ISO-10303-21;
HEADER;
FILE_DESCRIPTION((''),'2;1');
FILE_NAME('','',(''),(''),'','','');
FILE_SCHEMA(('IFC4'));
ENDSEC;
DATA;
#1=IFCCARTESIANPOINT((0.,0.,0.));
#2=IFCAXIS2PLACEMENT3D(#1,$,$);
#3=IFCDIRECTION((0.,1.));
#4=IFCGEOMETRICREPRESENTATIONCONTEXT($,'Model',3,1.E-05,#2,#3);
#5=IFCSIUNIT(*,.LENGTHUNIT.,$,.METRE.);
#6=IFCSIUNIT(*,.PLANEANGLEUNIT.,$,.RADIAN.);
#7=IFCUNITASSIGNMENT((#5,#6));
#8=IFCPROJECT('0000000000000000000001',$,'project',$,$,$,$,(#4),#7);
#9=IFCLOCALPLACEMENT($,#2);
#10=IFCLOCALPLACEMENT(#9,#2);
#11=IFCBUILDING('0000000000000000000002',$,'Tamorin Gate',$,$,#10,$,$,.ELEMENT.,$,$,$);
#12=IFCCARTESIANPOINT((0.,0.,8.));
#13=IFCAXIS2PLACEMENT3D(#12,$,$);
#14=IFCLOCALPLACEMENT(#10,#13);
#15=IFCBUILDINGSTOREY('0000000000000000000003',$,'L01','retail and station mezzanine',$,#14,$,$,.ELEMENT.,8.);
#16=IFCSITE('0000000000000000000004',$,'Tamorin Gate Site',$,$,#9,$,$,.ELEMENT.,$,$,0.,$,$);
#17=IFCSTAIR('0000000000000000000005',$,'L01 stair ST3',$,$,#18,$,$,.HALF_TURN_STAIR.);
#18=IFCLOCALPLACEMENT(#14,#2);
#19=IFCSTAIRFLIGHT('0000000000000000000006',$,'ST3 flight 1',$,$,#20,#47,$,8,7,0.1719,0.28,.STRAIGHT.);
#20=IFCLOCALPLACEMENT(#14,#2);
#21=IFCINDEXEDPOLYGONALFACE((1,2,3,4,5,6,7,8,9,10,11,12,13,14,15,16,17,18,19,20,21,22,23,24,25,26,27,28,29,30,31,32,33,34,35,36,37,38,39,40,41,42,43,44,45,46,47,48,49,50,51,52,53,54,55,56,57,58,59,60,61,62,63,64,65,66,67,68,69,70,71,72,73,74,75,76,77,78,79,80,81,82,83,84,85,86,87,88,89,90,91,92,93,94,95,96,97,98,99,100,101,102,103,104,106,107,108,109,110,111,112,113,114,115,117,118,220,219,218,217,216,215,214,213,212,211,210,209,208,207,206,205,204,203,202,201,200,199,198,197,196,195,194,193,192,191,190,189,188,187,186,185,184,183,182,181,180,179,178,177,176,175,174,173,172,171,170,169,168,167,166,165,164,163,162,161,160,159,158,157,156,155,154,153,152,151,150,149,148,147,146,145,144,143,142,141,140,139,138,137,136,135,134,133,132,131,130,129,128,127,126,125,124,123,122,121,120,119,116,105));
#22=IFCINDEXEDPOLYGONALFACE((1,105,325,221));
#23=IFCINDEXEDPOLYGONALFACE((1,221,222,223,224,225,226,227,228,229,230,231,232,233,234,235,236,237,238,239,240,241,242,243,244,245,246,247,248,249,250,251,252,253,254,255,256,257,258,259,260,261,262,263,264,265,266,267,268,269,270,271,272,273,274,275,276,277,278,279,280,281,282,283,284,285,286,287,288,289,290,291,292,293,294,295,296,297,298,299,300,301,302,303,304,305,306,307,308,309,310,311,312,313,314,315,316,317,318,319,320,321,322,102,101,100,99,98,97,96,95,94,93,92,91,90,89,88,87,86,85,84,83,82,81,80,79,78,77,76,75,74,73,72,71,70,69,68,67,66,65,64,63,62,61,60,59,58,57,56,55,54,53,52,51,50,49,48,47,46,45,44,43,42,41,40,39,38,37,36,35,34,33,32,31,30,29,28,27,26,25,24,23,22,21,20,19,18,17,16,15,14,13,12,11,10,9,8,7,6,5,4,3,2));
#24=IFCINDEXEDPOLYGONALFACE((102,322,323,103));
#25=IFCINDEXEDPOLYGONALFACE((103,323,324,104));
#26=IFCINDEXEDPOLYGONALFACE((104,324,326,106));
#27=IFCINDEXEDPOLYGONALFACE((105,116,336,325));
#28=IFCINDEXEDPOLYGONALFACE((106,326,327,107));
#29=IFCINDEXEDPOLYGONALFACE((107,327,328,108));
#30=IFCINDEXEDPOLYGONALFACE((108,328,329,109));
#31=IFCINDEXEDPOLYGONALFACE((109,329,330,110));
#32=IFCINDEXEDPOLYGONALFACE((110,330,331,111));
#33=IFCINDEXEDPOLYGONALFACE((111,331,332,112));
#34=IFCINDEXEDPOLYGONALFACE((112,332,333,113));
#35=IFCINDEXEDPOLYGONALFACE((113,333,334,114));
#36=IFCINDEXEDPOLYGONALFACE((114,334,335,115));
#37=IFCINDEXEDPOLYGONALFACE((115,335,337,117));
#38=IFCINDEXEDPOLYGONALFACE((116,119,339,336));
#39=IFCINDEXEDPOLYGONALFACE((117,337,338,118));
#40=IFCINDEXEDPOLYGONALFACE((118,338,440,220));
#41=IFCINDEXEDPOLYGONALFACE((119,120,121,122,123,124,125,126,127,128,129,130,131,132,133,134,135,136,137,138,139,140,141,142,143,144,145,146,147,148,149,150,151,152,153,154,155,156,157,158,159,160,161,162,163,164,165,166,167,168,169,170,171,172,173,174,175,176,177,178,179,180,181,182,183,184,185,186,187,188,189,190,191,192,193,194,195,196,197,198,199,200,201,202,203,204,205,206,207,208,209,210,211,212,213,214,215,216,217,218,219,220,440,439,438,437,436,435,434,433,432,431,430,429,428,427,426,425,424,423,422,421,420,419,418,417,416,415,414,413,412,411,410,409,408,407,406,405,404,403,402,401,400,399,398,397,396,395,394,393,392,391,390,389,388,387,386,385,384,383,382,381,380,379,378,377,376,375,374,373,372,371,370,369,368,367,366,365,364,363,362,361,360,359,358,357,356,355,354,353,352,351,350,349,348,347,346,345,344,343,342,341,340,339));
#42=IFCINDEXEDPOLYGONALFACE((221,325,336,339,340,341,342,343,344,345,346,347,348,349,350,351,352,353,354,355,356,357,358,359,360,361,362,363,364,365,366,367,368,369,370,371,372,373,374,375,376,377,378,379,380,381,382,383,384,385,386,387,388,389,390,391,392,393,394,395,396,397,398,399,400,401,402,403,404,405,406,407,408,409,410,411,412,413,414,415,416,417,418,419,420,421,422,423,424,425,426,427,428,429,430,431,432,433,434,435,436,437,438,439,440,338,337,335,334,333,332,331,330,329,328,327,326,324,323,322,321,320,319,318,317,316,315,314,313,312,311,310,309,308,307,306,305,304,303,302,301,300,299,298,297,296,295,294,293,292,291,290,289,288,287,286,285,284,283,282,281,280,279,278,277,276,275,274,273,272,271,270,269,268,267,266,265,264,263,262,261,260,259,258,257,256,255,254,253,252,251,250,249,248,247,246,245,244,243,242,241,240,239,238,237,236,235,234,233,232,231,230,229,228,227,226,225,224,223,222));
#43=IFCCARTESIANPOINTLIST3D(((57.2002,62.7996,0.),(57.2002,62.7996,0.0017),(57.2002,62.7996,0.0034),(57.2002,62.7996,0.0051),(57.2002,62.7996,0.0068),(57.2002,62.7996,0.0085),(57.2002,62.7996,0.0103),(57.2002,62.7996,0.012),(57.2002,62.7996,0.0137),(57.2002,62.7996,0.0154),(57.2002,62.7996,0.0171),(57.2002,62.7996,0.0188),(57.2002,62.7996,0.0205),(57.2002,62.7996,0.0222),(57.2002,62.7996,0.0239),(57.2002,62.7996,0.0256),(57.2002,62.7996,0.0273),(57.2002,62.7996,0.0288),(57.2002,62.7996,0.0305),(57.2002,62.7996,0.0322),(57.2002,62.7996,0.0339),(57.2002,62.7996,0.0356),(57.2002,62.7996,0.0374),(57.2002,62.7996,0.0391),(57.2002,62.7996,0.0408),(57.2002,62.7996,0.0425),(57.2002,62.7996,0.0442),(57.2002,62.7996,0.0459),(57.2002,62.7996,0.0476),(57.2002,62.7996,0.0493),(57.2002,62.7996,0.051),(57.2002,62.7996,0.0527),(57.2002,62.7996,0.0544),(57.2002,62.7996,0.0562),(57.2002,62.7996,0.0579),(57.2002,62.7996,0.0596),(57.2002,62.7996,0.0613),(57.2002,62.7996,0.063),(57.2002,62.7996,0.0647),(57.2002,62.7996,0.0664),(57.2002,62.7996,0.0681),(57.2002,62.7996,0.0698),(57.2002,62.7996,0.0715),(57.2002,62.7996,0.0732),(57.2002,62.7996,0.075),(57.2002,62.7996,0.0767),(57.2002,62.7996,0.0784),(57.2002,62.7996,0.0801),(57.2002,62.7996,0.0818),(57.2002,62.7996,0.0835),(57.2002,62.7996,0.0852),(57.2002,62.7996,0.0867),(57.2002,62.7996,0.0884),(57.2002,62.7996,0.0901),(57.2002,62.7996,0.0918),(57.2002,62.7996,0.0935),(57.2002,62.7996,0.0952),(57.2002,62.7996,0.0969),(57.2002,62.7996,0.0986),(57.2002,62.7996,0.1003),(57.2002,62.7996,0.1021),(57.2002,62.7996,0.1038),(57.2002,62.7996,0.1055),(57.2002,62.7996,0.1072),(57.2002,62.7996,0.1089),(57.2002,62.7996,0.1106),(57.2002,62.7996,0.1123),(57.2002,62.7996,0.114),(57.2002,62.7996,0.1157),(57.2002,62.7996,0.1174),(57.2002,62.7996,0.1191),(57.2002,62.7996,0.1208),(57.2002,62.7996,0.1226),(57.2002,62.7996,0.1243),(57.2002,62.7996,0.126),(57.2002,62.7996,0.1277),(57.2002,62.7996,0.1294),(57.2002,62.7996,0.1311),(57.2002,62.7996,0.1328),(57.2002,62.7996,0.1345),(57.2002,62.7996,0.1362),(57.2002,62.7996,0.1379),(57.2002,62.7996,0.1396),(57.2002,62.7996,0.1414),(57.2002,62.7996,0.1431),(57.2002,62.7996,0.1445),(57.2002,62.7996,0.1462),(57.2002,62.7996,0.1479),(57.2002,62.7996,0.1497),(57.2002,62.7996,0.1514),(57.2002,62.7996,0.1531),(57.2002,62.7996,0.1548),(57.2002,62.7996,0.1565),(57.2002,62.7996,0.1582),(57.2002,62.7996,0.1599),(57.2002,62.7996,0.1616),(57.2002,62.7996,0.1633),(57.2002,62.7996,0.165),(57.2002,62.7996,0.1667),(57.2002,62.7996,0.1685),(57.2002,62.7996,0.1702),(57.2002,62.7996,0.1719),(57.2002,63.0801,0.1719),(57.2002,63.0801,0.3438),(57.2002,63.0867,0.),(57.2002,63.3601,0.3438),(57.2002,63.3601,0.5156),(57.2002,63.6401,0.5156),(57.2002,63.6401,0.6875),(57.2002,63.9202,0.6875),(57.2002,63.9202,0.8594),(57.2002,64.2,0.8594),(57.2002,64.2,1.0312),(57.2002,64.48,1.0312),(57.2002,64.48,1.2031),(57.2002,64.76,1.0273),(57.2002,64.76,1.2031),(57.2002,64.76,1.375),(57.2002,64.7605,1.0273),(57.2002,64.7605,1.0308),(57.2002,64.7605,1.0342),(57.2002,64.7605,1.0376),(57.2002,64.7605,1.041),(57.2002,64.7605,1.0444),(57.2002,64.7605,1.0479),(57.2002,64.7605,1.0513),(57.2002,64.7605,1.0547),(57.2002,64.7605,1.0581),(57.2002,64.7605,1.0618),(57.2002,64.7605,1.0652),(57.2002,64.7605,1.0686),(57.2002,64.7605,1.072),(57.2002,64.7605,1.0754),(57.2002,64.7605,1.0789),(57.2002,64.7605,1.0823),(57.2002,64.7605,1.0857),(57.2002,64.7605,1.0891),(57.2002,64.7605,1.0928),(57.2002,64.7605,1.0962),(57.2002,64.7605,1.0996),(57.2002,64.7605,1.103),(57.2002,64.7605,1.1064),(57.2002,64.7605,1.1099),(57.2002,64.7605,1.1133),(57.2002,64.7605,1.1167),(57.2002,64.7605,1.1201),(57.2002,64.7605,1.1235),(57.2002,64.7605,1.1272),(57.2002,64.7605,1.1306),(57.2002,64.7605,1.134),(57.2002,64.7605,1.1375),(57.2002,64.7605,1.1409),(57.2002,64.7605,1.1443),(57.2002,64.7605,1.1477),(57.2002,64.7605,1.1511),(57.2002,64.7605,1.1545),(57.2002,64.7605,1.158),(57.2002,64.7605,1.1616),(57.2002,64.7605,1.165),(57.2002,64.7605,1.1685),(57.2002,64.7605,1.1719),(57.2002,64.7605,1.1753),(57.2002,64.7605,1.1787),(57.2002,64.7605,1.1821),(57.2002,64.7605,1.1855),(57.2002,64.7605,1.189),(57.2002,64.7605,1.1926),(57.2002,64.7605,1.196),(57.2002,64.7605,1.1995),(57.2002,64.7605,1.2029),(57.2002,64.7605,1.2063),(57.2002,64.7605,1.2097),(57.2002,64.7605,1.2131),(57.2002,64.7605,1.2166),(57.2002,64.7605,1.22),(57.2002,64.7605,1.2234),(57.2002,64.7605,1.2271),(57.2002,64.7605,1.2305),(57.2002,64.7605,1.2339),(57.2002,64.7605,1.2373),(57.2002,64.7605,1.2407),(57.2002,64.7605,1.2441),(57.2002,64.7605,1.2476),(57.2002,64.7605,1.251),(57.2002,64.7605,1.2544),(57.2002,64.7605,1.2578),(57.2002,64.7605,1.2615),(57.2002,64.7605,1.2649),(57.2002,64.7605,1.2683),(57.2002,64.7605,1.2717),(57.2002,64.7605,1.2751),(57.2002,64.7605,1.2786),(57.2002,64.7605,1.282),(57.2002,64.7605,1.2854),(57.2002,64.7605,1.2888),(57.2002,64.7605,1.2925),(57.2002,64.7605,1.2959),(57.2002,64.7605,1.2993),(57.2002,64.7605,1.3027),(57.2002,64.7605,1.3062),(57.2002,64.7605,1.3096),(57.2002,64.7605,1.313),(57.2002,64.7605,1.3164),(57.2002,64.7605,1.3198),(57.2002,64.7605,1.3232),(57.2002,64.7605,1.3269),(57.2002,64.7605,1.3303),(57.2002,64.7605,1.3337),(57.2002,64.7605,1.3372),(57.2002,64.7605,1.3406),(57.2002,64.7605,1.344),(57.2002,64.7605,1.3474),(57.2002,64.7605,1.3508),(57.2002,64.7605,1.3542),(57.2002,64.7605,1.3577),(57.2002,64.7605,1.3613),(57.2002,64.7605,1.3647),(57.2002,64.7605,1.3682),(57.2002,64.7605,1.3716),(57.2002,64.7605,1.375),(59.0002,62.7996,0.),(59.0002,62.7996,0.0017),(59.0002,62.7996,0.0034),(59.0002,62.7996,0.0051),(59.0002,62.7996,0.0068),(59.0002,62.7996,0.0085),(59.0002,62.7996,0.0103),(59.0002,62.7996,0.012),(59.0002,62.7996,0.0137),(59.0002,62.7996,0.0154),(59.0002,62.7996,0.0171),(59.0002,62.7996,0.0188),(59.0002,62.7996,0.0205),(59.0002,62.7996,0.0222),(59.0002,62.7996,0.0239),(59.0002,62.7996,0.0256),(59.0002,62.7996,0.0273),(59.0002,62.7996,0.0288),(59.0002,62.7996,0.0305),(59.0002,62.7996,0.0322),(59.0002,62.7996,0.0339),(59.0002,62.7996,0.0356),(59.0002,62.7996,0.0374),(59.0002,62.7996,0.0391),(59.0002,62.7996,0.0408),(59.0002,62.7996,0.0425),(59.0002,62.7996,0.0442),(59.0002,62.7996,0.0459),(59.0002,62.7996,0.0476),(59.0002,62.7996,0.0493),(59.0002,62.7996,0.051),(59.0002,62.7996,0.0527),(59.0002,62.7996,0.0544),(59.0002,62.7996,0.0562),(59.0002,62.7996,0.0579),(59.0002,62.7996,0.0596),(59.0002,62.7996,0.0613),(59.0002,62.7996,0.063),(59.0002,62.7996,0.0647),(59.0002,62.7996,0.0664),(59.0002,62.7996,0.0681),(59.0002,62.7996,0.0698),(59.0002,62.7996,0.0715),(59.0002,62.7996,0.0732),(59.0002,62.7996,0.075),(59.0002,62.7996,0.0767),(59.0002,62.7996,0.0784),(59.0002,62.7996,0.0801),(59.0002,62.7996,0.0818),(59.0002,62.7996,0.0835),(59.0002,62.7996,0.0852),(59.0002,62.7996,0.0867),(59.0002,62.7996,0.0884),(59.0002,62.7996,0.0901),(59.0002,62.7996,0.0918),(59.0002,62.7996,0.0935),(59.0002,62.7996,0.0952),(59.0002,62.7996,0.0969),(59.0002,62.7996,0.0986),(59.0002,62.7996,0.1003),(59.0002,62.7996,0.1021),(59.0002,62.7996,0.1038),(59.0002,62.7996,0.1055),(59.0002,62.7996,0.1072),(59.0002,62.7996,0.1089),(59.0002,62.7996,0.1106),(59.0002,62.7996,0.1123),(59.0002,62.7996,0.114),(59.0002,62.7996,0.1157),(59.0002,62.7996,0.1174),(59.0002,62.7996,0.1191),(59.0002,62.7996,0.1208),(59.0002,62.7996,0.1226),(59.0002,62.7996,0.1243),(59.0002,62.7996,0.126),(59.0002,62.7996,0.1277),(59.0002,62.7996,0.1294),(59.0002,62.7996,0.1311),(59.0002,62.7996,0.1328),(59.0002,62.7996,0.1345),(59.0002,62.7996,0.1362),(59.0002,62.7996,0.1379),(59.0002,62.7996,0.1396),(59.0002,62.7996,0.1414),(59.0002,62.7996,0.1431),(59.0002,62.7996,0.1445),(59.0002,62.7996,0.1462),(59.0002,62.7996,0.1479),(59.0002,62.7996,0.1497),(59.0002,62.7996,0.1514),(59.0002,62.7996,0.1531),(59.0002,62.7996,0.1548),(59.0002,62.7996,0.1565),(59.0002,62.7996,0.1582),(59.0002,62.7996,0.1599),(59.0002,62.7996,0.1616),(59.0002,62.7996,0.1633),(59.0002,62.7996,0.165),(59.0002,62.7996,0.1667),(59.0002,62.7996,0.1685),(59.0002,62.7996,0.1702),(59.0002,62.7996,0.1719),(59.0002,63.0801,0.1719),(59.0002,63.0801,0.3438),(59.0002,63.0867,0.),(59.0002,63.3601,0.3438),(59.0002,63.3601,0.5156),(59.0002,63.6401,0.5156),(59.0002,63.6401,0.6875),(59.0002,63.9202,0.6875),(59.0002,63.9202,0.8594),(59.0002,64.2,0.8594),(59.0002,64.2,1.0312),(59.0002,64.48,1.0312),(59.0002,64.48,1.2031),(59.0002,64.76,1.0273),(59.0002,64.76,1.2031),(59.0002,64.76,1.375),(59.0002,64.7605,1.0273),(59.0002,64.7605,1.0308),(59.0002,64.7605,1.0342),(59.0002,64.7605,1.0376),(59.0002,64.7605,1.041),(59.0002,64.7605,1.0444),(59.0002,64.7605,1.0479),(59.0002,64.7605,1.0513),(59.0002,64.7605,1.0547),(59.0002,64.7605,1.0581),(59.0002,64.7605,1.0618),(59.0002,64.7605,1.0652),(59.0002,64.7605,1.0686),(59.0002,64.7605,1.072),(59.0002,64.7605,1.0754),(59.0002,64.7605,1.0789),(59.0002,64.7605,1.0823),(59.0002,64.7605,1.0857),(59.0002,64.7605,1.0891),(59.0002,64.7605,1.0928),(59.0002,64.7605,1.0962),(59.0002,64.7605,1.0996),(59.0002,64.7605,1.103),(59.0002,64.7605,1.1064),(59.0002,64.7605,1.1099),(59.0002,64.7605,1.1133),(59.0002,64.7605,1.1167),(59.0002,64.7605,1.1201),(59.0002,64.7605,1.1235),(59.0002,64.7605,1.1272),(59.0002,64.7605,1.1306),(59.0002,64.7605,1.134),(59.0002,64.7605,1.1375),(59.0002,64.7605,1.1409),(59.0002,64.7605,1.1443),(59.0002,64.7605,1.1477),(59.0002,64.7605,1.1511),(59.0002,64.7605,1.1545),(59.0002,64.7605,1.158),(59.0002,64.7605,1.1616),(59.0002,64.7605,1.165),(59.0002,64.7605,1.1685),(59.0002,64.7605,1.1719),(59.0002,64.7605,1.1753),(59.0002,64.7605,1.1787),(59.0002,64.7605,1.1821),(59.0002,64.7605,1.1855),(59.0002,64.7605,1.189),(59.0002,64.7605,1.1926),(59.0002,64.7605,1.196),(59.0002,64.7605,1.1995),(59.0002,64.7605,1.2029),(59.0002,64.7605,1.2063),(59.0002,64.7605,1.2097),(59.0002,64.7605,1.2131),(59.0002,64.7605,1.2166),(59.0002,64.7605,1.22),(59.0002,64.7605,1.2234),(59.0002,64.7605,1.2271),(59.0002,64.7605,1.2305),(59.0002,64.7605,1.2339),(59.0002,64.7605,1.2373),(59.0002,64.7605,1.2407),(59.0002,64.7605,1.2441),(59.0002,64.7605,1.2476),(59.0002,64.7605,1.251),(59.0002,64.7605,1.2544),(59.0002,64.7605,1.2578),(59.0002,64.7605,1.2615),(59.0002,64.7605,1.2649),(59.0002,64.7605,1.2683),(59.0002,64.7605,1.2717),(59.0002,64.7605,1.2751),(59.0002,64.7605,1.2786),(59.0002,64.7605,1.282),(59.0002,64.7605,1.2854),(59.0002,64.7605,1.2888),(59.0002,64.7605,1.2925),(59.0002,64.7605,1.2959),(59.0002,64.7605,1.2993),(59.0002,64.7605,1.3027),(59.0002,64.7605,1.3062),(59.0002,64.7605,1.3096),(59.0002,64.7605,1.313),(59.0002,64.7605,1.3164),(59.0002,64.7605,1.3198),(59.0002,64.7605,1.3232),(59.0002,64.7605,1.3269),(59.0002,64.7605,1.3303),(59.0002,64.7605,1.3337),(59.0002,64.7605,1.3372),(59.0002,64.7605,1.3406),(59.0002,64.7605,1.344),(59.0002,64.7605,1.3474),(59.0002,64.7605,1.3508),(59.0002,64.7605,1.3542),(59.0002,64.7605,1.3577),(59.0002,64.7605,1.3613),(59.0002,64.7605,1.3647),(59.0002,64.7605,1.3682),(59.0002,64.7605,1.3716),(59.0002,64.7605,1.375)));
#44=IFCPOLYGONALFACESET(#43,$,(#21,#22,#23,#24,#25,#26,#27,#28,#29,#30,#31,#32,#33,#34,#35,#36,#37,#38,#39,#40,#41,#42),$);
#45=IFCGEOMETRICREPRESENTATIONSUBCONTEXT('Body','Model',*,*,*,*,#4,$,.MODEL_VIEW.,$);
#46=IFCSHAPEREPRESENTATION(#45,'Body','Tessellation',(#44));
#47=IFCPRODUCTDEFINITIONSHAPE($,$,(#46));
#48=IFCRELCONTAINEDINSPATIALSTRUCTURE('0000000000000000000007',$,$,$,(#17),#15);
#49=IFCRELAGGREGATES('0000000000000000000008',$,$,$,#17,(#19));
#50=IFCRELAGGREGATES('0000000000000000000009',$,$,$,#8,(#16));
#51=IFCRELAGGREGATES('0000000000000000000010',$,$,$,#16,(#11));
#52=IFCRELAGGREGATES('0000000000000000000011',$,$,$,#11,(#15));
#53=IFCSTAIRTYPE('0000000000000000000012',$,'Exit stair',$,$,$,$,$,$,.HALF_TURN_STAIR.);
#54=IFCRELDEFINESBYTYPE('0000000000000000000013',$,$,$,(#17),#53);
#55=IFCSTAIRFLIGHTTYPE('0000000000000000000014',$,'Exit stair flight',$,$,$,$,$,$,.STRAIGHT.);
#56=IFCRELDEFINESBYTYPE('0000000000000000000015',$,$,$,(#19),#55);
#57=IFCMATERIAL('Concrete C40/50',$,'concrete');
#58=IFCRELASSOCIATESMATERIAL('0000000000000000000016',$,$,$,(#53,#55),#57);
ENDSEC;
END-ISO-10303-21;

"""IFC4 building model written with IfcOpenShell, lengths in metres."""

from ifc_helpers import new_model, si_unit, direction, frame, origin, place, context, subcontext, project, spatial, polyline, outline, extrude, material, type_object, element, aggregate, save


model = new_model("IFC4")

# Units and contexts
model_context = context("Model", 3, precision=1e-05, world=origin(), true_north=direction((0.0, 1.0)))
body_context = subcontext(model_context, "Body", "Model", "MODEL_VIEW")
ifc_project = project(units=[si_unit("LENGTHUNIT", "METRE"), si_unit("PLANEANGLEUNIT", "RADIAN")], contexts=[model_context])

# Site, building, storey
site_placement = place(None, origin())
site = spatial("IfcSite", under=ifc_project, at=site_placement, Name="Tamorin Gate Site", CompositionType="ELEMENT", RefElevation=0.0)
building_placement = place(site_placement, origin())
building = spatial("IfcBuilding", under=site, at=building_placement, Name="Tamorin Gate", CompositionType="ELEMENT")
storey_placement = place(building_placement, frame((0.0, 0.0, 8.0)))
storey = spatial("IfcBuildingStorey", under=building, at=storey_placement, Name="L01", Description="retail and station mezzanine", CompositionType="ELEMENT", Elevation=8.0)

# Shared definitions
ifc_material_1 = material(Name="Concrete C40/50", Category="concrete")

# Stair, stair flight
stair_type = type_object("IfcStairType", Name="Exit stair", PredefinedType="HALF_TURN_STAIR", material=ifc_material_1)
stair_placement = place(storey_placement, origin())
stair = element("IfcStair", 1, at=stair_placement, inside=storey, type_object=stair_type, Name="L01 stair ST3", PredefinedType="HALF_TURN_STAIR")
stair_flight_type = type_object("IfcStairFlightType", Name="Exit stair flight", PredefinedType="STRAIGHT", material=ifc_material_1)
stair_flight_1_placement = place(storey_placement, frame((58.1001, 62.8, 0.0), z_axis=(0.0, 0.0, 1.0), x_axis=(0.0, 1.0, 0.0)))
stair_flight_1 = element("IfcStairFlight", 2, at=stair_flight_1_placement, type_object=stair_flight_type, Name="ST3 flight 1", NumberOfRisers=8, NumberOfTreads=7, PredefinedType="STRAIGHT", RiserHeight=0.1719, TreadLength=0.28, context=body_context, shape_type="SweptSolid", body=[
    extrude(outline(polyline([(-0.0005, 0.0), (-0.0005, 0.0017), (-0.0005, 0.0034), (-0.0005, 0.0051), (-0.0005, 0.0068), (-0.0005, 0.0085), (-0.0005, 0.0103), (-0.0005, 0.012), (-0.0005, 0.0137), (-0.0005, 0.0154), (-0.0005, 0.0171), (-0.0005, 0.0188), (-0.0005, 0.0205), (-0.0005, 0.0222), (-0.0005, 0.0239), (-0.0005, 0.0256), (-0.0005, 0.0273), (-0.0005, 0.0288), (-0.0005, 0.0305), (-0.0005, 0.0322), (-0.0005, 0.0339), (-0.0005, 0.0356), (-0.0005, 0.0374), (-0.0005, 0.0391), (-0.0005, 0.0408), (-0.0005, 0.0425), (-0.0005, 0.0442), (-0.0005, 0.0459), (-0.0005, 0.0476), (-0.0005, 0.0493), (-0.0005, 0.051), (-0.0005, 0.0527), (-0.0005, 0.0544), (-0.0005, 0.0562), (-0.0005, 0.0579), (-0.0005, 0.0596), (-0.0005, 0.0613), (-0.0005, 0.063), (-0.0005, 0.0647), (-0.0005, 0.0664), (-0.0005, 0.0681), (-0.0005, 0.0698), (-0.0005, 0.0715), (-0.0005, 0.0732), (-0.0005, 0.075), (-0.0005, 0.0767), (-0.0005, 0.0784), (-0.0005, 0.0801), (-0.0005, 0.0818), (-0.0005, 0.0835), (-0.0005, 0.0852), (-0.0005, 0.0867), (-0.0005, 0.0884), (-0.0005, 0.0901), (-0.0005, 0.0918), (-0.0005, 0.0935), (-0.0005, 0.0952), (-0.0005, 0.0969), (-0.0005, 0.0986), (-0.0005, 0.1003), (-0.0005, 0.1021), (-0.0005, 0.1038), (-0.0005, 0.1055), (-0.0005, 0.1072), (-0.0005, 0.1089), (-0.0005, 0.1106), (-0.0005, 0.1123), (-0.0005, 0.114), (-0.0005, 0.1157), (-0.0005, 0.1174), (-0.0005, 0.1191), (-0.0005, 0.1208), (-0.0005, 0.1226), (-0.0005, 0.1243), (-0.0005, 0.126), (-0.0005, 0.1277), (-0.0005, 0.1294), (-0.0005, 0.1311), (-0.0005, 0.1328), (-0.0005, 0.1345), (-0.0005, 0.1362), (-0.0005, 0.1379), (-0.0005, 0.1396), (-0.0005, 0.1414), (-0.0005, 0.1431), (-0.0005, 0.1445), (-0.0005, 0.1462), (-0.0005, 0.1479), (-0.0005, 0.1497), (-0.0005, 0.1514), (-0.0005, 0.1531), (-0.0005, 0.1548), (-0.0005, 0.1565), (-0.0005, 0.1582), (-0.0005, 0.1599), (-0.0005, 0.1616), (-0.0005, 0.1633), (-0.0005, 0.165), (-0.0005, 0.1667), (-0.0005, 0.1685), (-0.0005, 0.1702), (-0.0005, 0.1719), (0.28, 0.1719), (0.28, 0.3438), (0.5601, 0.3438), (0.5601, 0.5156), (0.8401, 0.5156), (0.8401, 0.6875), (1.1201, 0.6875), (1.1201, 0.8594), (1.3999, 0.8594), (1.3999, 1.0312), (1.6799, 1.0312), (1.6799, 1.2031), (1.96, 1.2031), (1.96, 1.375), (1.9604, 1.375), (1.9604, 1.3716), (1.9604, 1.3682), (1.9604, 1.3647), (1.9604, 1.3613), (1.9604, 1.3577), (1.9604, 1.3542), (1.9604, 1.3508), (1.9604, 1.3474), (1.9604, 1.344), (1.9604, 1.3406), (1.9604, 1.3372), (1.9604, 1.3337), (1.9604, 1.3303), (1.9604, 1.3269), (1.9604, 1.3232), (1.9604, 1.3198), (1.9604, 1.3164), (1.9604, 1.313), (1.9604, 1.3096), (1.9604, 1.3062), (1.9604, 1.3027), (1.9604, 1.2993), (1.9604, 1.2959), (1.9604, 1.2925), (1.9604, 1.2888), (1.9604, 1.2854), (1.9604, 1.282), (1.9604, 1.2786), (1.9604, 1.2751), (1.9604, 1.2717), (1.9604, 1.2683), (1.9604, 1.2649), (1.9604, 1.2615), (1.9604, 1.2578), (1.9604, 1.2544), (1.9604, 1.251), (1.9604, 1.2476), (1.9604, 1.2441), (1.9604, 1.2407), (1.9604, 1.2373), (1.9604, 1.2339), (1.9604, 1.2305), (1.9604, 1.2271), (1.9604, 1.2234), (1.9604, 1.22), (1.9604, 1.2166), (1.9604, 1.2131), (1.9604, 1.2097), (1.9604, 1.2063), (1.9604, 1.2029), (1.9604, 1.1995), (1.9604, 1.196), (1.9604, 1.1926), (1.9604, 1.189), (1.9604, 1.1855), (1.9604, 1.1821), (1.9604, 1.1787), (1.9604, 1.1753), (1.9604, 1.1719), (1.9604, 1.1685), (1.9604, 1.165), (1.9604, 1.1616), (1.9604, 1.158), (1.9604, 1.1545), (1.9604, 1.1511), (1.9604, 1.1477), (1.9604, 1.1443), (1.9604, 1.1409), (1.9604, 1.1375), (1.9604, 1.134), (1.9604, 1.1306), (1.9604, 1.1272), (1.9604, 1.1235), (1.9604, 1.1201), (1.9604, 1.1167), (1.9604, 1.1133), (1.9604, 1.1099), (1.9604, 1.1064), (1.9604, 1.103), (1.9604, 1.0996), (1.9604, 1.0962), (1.9604, 1.0928), (1.9604, 1.0891), (1.9604, 1.0857), (1.9604, 1.0823), (1.9604, 1.0789), (1.9604, 1.0754), (1.9604, 1.072), (1.9604, 1.0686), (1.9604, 1.0652), (1.9604, 1.0618), (1.9604, 1.0581), (1.9604, 1.0547), (1.9604, 1.0513), (1.9604, 1.0479), (1.9604, 1.0444), (1.9604, 1.041), (1.9604, 1.0376), (1.9604, 1.0342), (1.9604, 1.0308), (1.9604, 1.0273), (1.96, 1.0273), (0.2866, 0.0), (-0.0005, 0.0)])), frame((0.0, 0.8999, 0.0), z_axis=(0.0, -1.0, 0.0), x_axis=(1.0, 0.0, 0.0)), (0.0, 0.0, 1.0), 1.8),
])
aggregate(stair, [stair_flight_1])

save(model, "model.ifc")
